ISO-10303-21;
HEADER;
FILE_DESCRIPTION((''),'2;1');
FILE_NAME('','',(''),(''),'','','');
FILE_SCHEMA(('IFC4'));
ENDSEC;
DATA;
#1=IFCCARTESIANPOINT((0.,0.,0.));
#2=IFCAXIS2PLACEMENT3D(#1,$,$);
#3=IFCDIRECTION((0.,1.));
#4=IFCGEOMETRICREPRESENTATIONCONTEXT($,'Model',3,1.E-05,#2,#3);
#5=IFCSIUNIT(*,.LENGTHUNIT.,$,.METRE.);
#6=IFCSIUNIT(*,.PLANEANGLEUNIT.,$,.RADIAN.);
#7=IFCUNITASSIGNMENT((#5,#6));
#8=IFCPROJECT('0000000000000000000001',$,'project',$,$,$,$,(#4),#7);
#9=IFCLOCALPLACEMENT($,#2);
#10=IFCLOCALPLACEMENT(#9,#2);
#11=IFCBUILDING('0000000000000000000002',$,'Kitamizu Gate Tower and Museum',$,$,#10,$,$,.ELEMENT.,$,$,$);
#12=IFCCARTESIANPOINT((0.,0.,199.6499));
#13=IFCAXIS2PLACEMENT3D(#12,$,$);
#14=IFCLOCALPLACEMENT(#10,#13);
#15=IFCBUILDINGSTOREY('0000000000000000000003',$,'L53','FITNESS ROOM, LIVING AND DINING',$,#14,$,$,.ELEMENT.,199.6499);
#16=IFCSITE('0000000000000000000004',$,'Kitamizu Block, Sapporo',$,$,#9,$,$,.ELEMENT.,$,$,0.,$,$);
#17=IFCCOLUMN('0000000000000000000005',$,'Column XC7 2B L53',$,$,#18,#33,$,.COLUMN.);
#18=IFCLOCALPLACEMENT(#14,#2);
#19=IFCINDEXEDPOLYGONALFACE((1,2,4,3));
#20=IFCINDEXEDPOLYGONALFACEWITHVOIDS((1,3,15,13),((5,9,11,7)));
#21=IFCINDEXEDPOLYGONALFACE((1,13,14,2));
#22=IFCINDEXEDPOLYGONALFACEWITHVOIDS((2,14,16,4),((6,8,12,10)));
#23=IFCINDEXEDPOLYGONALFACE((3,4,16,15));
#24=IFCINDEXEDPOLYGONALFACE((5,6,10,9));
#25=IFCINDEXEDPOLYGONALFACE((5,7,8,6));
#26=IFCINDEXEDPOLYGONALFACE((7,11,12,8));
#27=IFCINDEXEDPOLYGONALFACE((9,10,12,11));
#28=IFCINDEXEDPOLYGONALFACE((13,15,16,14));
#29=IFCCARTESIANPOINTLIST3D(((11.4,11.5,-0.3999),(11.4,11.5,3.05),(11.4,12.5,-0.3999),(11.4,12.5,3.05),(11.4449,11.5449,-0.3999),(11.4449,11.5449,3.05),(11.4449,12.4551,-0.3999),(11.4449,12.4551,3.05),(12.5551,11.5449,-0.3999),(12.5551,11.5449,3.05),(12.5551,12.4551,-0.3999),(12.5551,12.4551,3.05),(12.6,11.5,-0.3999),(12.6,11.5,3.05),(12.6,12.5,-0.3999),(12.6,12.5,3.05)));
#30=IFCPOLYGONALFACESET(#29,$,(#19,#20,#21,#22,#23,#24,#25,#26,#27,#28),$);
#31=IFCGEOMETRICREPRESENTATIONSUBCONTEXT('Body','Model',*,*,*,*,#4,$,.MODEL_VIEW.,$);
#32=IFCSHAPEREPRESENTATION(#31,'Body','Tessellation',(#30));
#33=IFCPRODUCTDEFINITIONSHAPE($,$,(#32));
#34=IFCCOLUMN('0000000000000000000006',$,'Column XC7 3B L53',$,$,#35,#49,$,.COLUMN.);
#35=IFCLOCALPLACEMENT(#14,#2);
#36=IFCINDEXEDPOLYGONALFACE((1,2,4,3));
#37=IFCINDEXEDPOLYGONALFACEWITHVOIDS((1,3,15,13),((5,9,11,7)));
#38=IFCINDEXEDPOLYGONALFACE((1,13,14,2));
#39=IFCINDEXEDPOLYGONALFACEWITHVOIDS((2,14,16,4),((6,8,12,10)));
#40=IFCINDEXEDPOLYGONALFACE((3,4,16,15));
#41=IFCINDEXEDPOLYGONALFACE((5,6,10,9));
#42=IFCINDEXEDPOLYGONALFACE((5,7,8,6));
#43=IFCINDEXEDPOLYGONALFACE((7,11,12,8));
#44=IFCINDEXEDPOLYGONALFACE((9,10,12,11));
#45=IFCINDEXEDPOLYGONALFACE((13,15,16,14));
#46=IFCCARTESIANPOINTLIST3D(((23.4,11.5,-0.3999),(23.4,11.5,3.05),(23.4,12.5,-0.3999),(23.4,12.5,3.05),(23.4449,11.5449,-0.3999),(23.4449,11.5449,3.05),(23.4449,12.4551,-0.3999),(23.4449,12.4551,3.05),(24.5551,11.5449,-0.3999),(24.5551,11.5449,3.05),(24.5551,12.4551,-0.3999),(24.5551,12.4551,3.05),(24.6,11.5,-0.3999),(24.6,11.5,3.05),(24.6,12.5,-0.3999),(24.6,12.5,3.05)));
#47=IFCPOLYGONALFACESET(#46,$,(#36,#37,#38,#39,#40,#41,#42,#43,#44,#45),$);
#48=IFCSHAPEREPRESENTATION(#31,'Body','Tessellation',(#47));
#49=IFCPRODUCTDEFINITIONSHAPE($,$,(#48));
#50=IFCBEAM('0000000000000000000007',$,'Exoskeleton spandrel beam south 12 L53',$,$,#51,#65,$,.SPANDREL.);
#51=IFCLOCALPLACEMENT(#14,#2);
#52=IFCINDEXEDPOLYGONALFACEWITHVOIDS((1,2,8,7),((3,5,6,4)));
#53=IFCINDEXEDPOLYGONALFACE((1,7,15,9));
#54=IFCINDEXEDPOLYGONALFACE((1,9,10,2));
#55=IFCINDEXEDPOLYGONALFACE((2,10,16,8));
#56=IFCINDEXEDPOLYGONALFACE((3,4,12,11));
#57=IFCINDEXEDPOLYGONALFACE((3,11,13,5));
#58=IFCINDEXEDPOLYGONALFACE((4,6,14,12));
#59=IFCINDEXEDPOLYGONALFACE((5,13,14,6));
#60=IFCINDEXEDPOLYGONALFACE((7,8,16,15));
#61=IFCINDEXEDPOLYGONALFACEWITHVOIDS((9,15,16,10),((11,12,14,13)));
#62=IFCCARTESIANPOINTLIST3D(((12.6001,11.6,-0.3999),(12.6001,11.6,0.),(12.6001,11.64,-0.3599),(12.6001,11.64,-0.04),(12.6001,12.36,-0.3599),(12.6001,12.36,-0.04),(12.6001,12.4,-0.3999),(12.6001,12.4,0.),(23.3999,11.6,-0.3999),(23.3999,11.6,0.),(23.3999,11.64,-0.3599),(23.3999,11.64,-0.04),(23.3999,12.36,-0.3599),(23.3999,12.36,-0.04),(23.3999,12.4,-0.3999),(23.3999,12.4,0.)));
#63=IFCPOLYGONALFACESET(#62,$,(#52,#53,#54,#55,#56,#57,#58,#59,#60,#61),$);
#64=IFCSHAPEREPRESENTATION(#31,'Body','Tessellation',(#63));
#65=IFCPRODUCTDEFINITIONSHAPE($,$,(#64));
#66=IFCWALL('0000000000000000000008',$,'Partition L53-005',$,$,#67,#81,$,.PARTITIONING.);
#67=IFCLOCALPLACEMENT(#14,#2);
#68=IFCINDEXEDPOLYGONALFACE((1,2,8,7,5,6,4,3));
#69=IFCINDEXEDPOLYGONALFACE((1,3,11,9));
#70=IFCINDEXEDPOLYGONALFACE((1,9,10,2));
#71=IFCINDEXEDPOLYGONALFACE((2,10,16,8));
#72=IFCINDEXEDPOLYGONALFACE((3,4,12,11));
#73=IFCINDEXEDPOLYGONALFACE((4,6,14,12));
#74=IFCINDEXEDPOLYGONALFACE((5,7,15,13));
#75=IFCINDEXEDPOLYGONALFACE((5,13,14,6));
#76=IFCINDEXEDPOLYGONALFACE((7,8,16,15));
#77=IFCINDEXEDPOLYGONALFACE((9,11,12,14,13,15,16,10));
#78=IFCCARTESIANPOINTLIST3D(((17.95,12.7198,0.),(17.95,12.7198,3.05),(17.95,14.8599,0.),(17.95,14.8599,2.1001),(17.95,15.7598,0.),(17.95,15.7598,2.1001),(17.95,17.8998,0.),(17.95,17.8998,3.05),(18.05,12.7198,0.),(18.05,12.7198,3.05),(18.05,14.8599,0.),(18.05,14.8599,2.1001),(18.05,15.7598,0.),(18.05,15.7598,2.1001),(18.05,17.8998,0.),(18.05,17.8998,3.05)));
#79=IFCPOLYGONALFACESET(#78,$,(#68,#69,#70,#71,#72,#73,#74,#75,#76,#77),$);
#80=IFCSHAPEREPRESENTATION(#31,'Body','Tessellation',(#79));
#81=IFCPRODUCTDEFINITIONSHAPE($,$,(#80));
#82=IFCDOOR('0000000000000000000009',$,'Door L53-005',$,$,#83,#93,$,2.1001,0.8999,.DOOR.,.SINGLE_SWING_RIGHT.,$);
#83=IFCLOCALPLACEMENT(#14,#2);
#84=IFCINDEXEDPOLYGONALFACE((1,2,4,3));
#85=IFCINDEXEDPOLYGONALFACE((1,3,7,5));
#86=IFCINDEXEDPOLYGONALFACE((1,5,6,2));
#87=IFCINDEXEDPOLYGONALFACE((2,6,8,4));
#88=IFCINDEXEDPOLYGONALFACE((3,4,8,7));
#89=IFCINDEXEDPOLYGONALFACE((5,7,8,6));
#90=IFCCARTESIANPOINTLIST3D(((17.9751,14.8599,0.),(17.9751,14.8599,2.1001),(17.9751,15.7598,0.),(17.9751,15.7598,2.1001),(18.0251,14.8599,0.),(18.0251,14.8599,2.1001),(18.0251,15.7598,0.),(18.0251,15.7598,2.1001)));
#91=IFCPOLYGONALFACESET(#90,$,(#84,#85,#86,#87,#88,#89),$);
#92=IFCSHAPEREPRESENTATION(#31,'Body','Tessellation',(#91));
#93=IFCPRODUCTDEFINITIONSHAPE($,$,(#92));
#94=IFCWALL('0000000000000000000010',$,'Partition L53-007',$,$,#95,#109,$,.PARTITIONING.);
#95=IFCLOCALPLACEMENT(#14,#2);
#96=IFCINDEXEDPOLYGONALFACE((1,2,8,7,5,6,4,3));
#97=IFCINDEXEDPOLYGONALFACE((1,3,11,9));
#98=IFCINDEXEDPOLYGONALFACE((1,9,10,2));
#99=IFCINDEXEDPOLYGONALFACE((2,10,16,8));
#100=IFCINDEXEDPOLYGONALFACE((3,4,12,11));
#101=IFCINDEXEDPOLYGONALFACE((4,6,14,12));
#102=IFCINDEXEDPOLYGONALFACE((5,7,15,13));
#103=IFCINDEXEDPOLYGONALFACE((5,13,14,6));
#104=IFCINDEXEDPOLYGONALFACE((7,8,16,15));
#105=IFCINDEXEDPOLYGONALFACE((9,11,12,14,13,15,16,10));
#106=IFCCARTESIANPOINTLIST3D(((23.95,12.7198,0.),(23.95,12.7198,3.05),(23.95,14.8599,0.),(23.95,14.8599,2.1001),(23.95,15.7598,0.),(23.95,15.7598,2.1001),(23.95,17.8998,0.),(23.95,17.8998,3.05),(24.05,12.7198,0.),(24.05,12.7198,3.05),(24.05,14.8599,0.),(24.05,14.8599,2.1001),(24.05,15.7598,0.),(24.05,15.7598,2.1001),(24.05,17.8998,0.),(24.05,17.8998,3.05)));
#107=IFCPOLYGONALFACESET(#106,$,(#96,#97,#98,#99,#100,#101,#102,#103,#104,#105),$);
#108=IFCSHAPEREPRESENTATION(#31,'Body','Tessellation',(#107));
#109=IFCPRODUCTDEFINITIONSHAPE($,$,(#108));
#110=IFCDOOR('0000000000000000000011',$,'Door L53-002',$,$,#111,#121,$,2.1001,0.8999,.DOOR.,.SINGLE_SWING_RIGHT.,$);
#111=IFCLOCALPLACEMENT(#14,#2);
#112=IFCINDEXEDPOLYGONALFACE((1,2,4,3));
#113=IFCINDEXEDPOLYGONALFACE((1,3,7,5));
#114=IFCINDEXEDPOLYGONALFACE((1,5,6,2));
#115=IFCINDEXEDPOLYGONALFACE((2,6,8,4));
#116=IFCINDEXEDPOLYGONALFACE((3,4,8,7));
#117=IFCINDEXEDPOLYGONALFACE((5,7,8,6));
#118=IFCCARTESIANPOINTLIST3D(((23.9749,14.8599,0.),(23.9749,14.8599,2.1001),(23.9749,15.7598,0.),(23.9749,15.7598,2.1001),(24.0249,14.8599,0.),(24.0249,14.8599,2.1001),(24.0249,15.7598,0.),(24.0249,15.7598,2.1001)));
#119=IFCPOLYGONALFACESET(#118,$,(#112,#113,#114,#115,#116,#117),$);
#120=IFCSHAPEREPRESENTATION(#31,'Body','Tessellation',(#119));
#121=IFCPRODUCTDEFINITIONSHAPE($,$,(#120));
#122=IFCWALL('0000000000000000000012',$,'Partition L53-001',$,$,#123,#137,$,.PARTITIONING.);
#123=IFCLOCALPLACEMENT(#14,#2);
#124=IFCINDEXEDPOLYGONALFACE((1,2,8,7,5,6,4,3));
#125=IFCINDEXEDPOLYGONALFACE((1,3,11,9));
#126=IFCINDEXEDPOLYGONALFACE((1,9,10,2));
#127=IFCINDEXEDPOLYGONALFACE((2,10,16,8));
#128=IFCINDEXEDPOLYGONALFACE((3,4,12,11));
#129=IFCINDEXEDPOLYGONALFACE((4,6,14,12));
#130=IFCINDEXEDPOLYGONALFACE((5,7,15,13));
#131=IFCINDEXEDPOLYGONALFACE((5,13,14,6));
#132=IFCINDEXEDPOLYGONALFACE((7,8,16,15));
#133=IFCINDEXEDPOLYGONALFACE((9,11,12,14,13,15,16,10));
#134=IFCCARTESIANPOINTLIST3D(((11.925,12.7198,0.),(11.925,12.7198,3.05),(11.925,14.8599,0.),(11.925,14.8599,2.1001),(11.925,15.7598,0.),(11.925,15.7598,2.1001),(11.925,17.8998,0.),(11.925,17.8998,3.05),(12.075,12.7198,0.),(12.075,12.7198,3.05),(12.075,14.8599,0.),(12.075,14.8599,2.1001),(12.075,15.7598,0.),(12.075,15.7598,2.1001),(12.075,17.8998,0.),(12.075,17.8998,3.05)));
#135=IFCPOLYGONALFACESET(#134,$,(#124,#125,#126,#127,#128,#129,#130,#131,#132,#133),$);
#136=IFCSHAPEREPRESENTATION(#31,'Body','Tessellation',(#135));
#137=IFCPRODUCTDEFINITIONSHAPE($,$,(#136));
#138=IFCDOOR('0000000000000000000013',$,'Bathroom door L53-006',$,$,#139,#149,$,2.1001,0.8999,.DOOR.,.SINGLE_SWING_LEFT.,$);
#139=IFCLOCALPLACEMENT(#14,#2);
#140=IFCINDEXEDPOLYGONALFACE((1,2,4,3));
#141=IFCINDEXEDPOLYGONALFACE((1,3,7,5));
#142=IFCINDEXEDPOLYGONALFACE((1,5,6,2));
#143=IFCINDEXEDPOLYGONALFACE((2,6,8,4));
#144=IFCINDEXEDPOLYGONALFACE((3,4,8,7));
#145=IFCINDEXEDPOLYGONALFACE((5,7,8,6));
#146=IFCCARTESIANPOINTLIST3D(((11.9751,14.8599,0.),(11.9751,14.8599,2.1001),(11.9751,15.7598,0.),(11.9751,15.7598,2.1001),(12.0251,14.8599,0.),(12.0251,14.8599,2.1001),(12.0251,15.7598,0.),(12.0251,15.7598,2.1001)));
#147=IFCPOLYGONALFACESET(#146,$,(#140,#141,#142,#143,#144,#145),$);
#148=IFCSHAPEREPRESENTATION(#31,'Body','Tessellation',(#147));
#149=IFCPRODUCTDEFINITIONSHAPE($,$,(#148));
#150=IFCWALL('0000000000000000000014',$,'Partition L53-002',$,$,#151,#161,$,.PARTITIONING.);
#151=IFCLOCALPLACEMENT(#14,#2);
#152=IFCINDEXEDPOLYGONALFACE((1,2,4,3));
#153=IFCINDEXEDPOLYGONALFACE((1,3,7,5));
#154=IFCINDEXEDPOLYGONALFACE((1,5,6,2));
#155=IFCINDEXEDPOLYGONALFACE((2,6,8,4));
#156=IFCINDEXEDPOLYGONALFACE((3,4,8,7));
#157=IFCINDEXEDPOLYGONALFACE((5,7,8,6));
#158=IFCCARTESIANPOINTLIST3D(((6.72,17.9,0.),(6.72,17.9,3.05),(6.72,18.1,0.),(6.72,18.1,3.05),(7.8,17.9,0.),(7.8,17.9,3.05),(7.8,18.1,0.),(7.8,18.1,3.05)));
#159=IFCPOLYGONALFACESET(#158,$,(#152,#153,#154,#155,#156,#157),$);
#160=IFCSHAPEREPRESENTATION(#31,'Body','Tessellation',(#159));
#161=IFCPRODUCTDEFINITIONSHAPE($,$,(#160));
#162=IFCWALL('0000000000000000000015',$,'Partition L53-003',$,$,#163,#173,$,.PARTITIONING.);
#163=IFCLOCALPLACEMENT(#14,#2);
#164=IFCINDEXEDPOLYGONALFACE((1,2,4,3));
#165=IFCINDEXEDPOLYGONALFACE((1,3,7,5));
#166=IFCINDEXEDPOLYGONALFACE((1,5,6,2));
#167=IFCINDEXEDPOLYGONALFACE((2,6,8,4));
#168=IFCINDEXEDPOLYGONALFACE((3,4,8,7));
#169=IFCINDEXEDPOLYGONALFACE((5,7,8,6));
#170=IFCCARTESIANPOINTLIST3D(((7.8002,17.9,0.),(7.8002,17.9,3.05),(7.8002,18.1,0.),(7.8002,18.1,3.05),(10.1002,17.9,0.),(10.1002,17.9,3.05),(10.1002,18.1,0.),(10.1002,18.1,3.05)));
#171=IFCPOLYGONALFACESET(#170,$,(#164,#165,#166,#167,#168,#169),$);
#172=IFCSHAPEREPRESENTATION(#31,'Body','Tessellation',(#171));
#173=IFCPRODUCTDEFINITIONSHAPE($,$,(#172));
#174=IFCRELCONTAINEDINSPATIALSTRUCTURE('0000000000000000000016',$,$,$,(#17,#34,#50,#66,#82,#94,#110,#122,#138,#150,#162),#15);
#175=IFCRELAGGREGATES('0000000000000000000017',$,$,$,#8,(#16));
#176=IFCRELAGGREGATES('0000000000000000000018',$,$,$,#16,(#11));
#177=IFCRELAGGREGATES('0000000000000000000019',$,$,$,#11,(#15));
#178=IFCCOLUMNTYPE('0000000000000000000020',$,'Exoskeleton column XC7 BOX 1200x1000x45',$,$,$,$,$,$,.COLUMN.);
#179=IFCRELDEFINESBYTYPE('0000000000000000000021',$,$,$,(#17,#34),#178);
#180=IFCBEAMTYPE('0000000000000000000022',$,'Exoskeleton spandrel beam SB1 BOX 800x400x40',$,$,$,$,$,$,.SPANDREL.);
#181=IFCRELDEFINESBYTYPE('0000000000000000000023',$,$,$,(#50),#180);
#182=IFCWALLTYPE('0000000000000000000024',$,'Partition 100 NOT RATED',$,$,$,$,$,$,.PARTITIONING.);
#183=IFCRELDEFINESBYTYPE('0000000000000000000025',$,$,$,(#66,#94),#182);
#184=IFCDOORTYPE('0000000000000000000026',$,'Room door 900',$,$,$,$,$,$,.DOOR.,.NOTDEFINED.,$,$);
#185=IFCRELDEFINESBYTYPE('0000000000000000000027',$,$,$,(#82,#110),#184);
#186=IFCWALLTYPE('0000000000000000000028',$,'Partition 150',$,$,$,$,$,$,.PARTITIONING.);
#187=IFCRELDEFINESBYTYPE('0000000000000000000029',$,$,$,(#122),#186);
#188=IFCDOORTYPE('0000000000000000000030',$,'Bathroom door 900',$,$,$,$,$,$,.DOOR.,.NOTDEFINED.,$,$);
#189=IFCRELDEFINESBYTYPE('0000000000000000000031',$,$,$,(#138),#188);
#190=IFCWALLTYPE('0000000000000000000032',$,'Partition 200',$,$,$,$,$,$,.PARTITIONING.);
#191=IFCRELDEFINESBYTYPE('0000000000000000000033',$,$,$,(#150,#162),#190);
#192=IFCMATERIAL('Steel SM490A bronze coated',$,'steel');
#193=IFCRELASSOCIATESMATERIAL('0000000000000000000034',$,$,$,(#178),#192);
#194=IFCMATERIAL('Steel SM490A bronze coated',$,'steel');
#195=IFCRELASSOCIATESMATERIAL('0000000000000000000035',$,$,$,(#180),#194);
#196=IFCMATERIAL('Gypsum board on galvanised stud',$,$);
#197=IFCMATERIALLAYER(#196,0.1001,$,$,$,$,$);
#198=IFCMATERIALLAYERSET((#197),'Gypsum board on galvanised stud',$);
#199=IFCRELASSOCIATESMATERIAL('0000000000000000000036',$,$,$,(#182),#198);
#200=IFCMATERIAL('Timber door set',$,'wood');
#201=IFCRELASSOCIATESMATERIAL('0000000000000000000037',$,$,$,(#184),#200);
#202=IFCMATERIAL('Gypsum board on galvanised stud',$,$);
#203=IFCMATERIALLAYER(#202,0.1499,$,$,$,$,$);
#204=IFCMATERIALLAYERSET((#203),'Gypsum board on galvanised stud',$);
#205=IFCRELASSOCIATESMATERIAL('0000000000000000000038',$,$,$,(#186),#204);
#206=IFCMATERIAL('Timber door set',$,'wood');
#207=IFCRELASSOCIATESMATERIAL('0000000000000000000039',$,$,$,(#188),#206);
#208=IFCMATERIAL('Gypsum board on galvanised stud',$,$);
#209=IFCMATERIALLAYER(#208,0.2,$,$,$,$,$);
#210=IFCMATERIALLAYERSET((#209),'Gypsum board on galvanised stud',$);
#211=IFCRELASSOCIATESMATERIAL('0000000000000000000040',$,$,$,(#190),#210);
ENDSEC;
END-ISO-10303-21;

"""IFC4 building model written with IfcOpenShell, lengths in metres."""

from ifc_helpers import new_model, si_unit, direction, frame, frame_2d, origin, origin_2d, place, context, subcontext, project, spatial, rectangle, hollow_rectangle, extrude, material, layer, layer_set, material_profile, profile_set, type_object, element, fill, save


model = new_model("IFC4")

# Units and contexts
model_context = context("Model", 3, precision=1e-05, world=origin(), true_north=direction((0.0, 1.0)))
body_context = subcontext(model_context, "Body", "Model", "MODEL_VIEW")
ifc_project = project(units=[si_unit("LENGTHUNIT", "METRE"), si_unit("PLANEANGLEUNIT", "RADIAN")], contexts=[model_context])

# Site, building, storey
site_placement = place(None, origin())
site = spatial("IfcSite", under=ifc_project, at=site_placement, Name="Kitamizu Block, Sapporo", CompositionType="ELEMENT", RefElevation=0.0)
building_placement = place(site_placement, origin())
building = spatial("IfcBuilding", under=site, at=building_placement, Name="Kitamizu Gate Tower and Museum", CompositionType="ELEMENT")
storey_placement = place(building_placement, frame((0.0, 0.0, 199.6499)))
storey = spatial("IfcBuildingStorey", under=building, at=storey_placement, Name="L53", Description="FITNESS ROOM, LIVING AND DINING", CompositionType="ELEMENT", Elevation=199.6499)

# Columns
ifc_material_1 = material(Name="Steel SM490A bronze coated", Category="steel")
ifc_material_profile_1 = material_profile(ifc_material_1, hollow_rectangle(XDim=1.2, YDim=1.0, WallThickness=0.0449, at=origin_2d()), Name="BOX 1200x1000x45")
ifc_profile_set_1 = profile_set([ifc_material_profile_1], Name="Steel SM490A bronze coated")
column_type = type_object("IfcColumnType", Name="Exoskeleton column XC7 BOX 1200x1000x45", PredefinedType="COLUMN", material=ifc_profile_set_1)
for number, where, z_axis, x_axis, name in (
    (1, (12.0, 12.0, -0.3999), (0.0, 0.0, 1.0), (1.0, 0.0, 0.0), "Column XC7 2B L53"),
    (2, (24.0, 12.0, -0.3999), (0.0, 0.0, 1.0), (1.0, 0.0, 0.0), "Column XC7 3B L53"),
):
    element("IfcColumn", number, at=place(storey_placement, frame(where, z_axis=z_axis, x_axis=x_axis)), inside=storey, type_object=column_type, Name=name, PredefinedType="COLUMN", context=body_context, shape_type="SweptSolid", body=[
        extrude(hollow_rectangle(XDim=1.2, YDim=1.0, WallThickness=0.0449, at=origin_2d()), origin(), (0.0, 0.0, 1.0), 3.45),
    ])

# Beam
ifc_material_2 = material(Name="Steel SM490A bronze coated", Category="steel")
ifc_material_profile_2 = material_profile(ifc_material_2, hollow_rectangle(XDim=0.8, YDim=0.3999, WallThickness=0.04, at=origin_2d()), Name="BOX 800x400x40")
ifc_profile_set_2 = profile_set([ifc_material_profile_2], Name="Steel SM490A bronze coated")
beam_type = type_object("IfcBeamType", Name="Exoskeleton spandrel beam SB1 BOX 800x400x40", PredefinedType="SPANDREL", material=ifc_profile_set_2)
beam_placement = place(storey_placement, frame((12.6001, 12.0, -0.2), z_axis=(1.0, 0.0, 0.0), x_axis=(0.0, 1.0, 0.0)))
element("IfcBeam", 3, at=beam_placement, inside=storey, type_object=beam_type, Name="Exoskeleton spandrel beam south 12 L53", PredefinedType="SPANDREL", context=body_context, shape_type="SweptSolid", body=[
    extrude(hollow_rectangle(XDim=0.8, YDim=0.3999, WallThickness=0.04, at=origin_2d()), origin(), (0.0, 0.0, 1.0), 10.7998),
])

# Walls, openings, doors
ifc_material_3 = material(Name="Gypsum board on galvanised stud")
ifc_layer_1 = layer(ifc_material_3, 0.1001)
ifc_layer_set_1 = layer_set([ifc_layer_1], Name="Gypsum board on galvanised stud")
wall_type_1 = type_object("IfcWallType", Name="Partition 100 NOT RATED", PredefinedType="PARTITIONING", material=ifc_layer_set_1)
wall_1_placement = place(storey_placement, frame((18.0, 12.72, 0.0), z_axis=(0.0, 0.0, 1.0), x_axis=(0.0, 1.0, 0.0)))
wall_1 = element("IfcWall", 4, at=wall_1_placement, inside=storey, type_object=wall_type_1, Name="Partition L53-005", PredefinedType="PARTITIONING", context=body_context, shape_type="SweptSolid", body=[
    extrude(rectangle(XDim=5.1799, YDim=0.1001, at=frame_2d((2.5898, 0.0))), origin(), (0.0, 0.0, 1.0), 3.05),
])
opening_1_placement = place(wall_1_placement, frame((2.1399, 0.0, 0.0)))
opening_1 = element("IfcOpeningElement", 5, at=opening_1_placement, cuts=wall_1, PredefinedType="OPENING", context=body_context, shape_type="SweptSolid", body=[
    extrude(rectangle(XDim=0.8999, YDim=2.1001, at=frame_2d((0.45, 1.05))), frame((0.0, 0.0601, 0.0), z_axis=(0.0, -1.0, 0.0), x_axis=(1.0, 0.0, 0.0)), (0.0, 0.0, 1.0), 0.1201),
])
ifc_material_4 = material(Name="Timber door set", Category="wood")
door_type_1 = type_object("IfcDoorType", Name="Room door 900", OperationType="NOTDEFINED", PredefinedType="DOOR", material=ifc_material_4)
door_1_placement = place(opening_1_placement, origin())
door_1 = element("IfcDoor", 6, at=door_1_placement, inside=storey, type_object=door_type_1, Name="Door L53-005", OperationType="SINGLE_SWING_RIGHT", OverallHeight=2.1001, OverallWidth=0.8999, PredefinedType="DOOR", context=body_context, shape_type="SweptSolid", body=[
    extrude(rectangle(XDim=0.8999, YDim=2.1001, at=frame_2d((0.45, 1.05))), frame((0.0, 0.0249, 0.0), z_axis=(0.0, -1.0, 0.0), x_axis=(1.0, 0.0, 0.0)), (0.0, 0.0, 1.0), 0.05),
])
fill(opening_1, door_1)
wall_2_placement = place(storey_placement, frame((24.0, 12.72, 0.0), z_axis=(0.0, 0.0, 1.0), x_axis=(0.0, 1.0, 0.0)))
wall_2 = element("IfcWall", 7, at=wall_2_placement, inside=storey, type_object=wall_type_1, Name="Partition L53-007", PredefinedType="PARTITIONING", context=body_context, shape_type="SweptSolid", body=[
    extrude(rectangle(XDim=5.1799, YDim=0.1001, at=frame_2d((2.5898, 0.0))), origin(), (0.0, 0.0, 1.0), 3.05),
])
opening_2_placement = place(wall_2_placement, frame((2.1399, 0.0, 0.0)))
opening_2 = element("IfcOpeningElement", 8, at=opening_2_placement, cuts=wall_2, PredefinedType="OPENING", context=body_context, shape_type="SweptSolid", body=[
    extrude(rectangle(XDim=0.8999, YDim=2.1001, at=frame_2d((0.45, 1.05))), frame((0.0, 0.0601, 0.0), z_axis=(0.0, -1.0, 0.0), x_axis=(1.0, 0.0, 0.0)), (0.0, 0.0, 1.0), 0.1201),
])
door_2_placement = place(opening_2_placement, frame((0.8999, 0.0, 0.0), x_axis=(-1.0, 0.0, 0.0)))
door_2 = element("IfcDoor", 9, at=door_2_placement, inside=storey, type_object=door_type_1, Name="Door L53-002", OperationType="SINGLE_SWING_RIGHT", OverallHeight=2.1001, OverallWidth=0.8999, PredefinedType="DOOR", context=body_context, shape_type="SweptSolid", body=[
    extrude(rectangle(XDim=0.8999, YDim=2.1001, at=frame_2d((0.45, 1.05))), frame((0.0, 0.0249, 0.0), z_axis=(0.0, -1.0, 0.0), x_axis=(1.0, 0.0, 0.0)), (0.0, 0.0, 1.0), 0.05),
])
fill(opening_2, door_2)
ifc_material_5 = material(Name="Gypsum board on galvanised stud")
ifc_layer_2 = layer(ifc_material_5, 0.1499)
ifc_layer_set_2 = layer_set([ifc_layer_2], Name="Gypsum board on galvanised stud")
wall_type_2 = type_object("IfcWallType", Name="Partition 150", PredefinedType="PARTITIONING", material=ifc_layer_set_2)
wall_3_placement = place(storey_placement, frame((12.0, 12.72, 0.0), z_axis=(0.0, 0.0, 1.0), x_axis=(0.0, 1.0, 0.0)))
wall_3 = element("IfcWall", 10, at=wall_3_placement, inside=storey, type_object=wall_type_2, Name="Partition L53-001", PredefinedType="PARTITIONING", context=body_context, shape_type="SweptSolid", body=[
    extrude(rectangle(XDim=5.1799, YDim=0.1499, at=frame_2d((2.5898, 0.0))), origin(), (0.0, 0.0, 1.0), 3.05),
])
opening_3_placement = place(wall_3_placement, frame((2.1399, 0.0, 0.0)))
opening_3 = element("IfcOpeningElement", 11, at=opening_3_placement, cuts=wall_3, PredefinedType="OPENING", context=body_context, shape_type="SweptSolid", body=[
    extrude(rectangle(XDim=0.8999, YDim=2.1001, at=frame_2d((0.45, 1.05))), frame((0.0, 0.085, 0.0), z_axis=(0.0, -1.0, 0.0), x_axis=(1.0, 0.0, 0.0)), (0.0, 0.0, 1.0), 0.1699),
])
ifc_material_6 = material(Name="Timber door set", Category="wood")
door_type_2 = type_object("IfcDoorType", Name="Bathroom door 900", OperationType="NOTDEFINED", PredefinedType="DOOR", material=ifc_material_6)
door_3_placement = place(opening_3_placement, origin())
door_3 = element("IfcDoor", 12, at=door_3_placement, inside=storey, type_object=door_type_2, Name="Bathroom door L53-006", OperationType="SINGLE_SWING_LEFT", OverallHeight=2.1001, OverallWidth=0.8999, PredefinedType="DOOR", context=body_context, shape_type="SweptSolid", body=[
    extrude(rectangle(XDim=0.8999, YDim=2.1001, at=frame_2d((0.45, 1.05))), frame((0.0, 0.0249, 0.0), z_axis=(0.0, -1.0, 0.0), x_axis=(1.0, 0.0, 0.0)), (0.0, 0.0, 1.0), 0.05),
])
fill(opening_3, door_3)

# Walls
ifc_material_7 = material(Name="Gypsum board on galvanised stud")
ifc_layer_3 = layer(ifc_material_7, 0.2)
ifc_layer_set_3 = layer_set([ifc_layer_3], Name="Gypsum board on galvanised stud")
wall_type_3 = type_object("IfcWallType", Name="Partition 200", PredefinedType="PARTITIONING", material=ifc_layer_set_3)
wall_4_placement = place(storey_placement, frame((7.8, 18.0, 0.0), z_axis=(0.0, 0.0, 1.0), x_axis=(-1.0, 0.0, 0.0)))
element("IfcWall", 13, at=wall_4_placement, inside=storey, type_object=wall_type_3, Name="Partition L53-002", PredefinedType="PARTITIONING", context=body_context, shape_type="SweptSolid", body=[
    extrude(rectangle(XDim=1.0801, YDim=0.2, at=frame_2d((0.54, 0.0))), origin(), (0.0, 0.0, 1.0), 3.05),
])
wall_5_placement = place(storey_placement, frame((10.1001, 18.0, 0.0), z_axis=(0.0, 0.0, 1.0), x_axis=(-1.0, 0.0, 0.0)))
element("IfcWall", 14, at=wall_5_placement, inside=storey, type_object=wall_type_3, Name="Partition L53-003", PredefinedType="PARTITIONING", context=body_context, shape_type="SweptSolid", body=[
    extrude(rectangle(XDim=2.3, YDim=0.2, at=frame_2d((1.1499, 0.0))), origin(), (0.0, 0.0, 1.0), 3.05),
])

save(model, "model.ifc")
